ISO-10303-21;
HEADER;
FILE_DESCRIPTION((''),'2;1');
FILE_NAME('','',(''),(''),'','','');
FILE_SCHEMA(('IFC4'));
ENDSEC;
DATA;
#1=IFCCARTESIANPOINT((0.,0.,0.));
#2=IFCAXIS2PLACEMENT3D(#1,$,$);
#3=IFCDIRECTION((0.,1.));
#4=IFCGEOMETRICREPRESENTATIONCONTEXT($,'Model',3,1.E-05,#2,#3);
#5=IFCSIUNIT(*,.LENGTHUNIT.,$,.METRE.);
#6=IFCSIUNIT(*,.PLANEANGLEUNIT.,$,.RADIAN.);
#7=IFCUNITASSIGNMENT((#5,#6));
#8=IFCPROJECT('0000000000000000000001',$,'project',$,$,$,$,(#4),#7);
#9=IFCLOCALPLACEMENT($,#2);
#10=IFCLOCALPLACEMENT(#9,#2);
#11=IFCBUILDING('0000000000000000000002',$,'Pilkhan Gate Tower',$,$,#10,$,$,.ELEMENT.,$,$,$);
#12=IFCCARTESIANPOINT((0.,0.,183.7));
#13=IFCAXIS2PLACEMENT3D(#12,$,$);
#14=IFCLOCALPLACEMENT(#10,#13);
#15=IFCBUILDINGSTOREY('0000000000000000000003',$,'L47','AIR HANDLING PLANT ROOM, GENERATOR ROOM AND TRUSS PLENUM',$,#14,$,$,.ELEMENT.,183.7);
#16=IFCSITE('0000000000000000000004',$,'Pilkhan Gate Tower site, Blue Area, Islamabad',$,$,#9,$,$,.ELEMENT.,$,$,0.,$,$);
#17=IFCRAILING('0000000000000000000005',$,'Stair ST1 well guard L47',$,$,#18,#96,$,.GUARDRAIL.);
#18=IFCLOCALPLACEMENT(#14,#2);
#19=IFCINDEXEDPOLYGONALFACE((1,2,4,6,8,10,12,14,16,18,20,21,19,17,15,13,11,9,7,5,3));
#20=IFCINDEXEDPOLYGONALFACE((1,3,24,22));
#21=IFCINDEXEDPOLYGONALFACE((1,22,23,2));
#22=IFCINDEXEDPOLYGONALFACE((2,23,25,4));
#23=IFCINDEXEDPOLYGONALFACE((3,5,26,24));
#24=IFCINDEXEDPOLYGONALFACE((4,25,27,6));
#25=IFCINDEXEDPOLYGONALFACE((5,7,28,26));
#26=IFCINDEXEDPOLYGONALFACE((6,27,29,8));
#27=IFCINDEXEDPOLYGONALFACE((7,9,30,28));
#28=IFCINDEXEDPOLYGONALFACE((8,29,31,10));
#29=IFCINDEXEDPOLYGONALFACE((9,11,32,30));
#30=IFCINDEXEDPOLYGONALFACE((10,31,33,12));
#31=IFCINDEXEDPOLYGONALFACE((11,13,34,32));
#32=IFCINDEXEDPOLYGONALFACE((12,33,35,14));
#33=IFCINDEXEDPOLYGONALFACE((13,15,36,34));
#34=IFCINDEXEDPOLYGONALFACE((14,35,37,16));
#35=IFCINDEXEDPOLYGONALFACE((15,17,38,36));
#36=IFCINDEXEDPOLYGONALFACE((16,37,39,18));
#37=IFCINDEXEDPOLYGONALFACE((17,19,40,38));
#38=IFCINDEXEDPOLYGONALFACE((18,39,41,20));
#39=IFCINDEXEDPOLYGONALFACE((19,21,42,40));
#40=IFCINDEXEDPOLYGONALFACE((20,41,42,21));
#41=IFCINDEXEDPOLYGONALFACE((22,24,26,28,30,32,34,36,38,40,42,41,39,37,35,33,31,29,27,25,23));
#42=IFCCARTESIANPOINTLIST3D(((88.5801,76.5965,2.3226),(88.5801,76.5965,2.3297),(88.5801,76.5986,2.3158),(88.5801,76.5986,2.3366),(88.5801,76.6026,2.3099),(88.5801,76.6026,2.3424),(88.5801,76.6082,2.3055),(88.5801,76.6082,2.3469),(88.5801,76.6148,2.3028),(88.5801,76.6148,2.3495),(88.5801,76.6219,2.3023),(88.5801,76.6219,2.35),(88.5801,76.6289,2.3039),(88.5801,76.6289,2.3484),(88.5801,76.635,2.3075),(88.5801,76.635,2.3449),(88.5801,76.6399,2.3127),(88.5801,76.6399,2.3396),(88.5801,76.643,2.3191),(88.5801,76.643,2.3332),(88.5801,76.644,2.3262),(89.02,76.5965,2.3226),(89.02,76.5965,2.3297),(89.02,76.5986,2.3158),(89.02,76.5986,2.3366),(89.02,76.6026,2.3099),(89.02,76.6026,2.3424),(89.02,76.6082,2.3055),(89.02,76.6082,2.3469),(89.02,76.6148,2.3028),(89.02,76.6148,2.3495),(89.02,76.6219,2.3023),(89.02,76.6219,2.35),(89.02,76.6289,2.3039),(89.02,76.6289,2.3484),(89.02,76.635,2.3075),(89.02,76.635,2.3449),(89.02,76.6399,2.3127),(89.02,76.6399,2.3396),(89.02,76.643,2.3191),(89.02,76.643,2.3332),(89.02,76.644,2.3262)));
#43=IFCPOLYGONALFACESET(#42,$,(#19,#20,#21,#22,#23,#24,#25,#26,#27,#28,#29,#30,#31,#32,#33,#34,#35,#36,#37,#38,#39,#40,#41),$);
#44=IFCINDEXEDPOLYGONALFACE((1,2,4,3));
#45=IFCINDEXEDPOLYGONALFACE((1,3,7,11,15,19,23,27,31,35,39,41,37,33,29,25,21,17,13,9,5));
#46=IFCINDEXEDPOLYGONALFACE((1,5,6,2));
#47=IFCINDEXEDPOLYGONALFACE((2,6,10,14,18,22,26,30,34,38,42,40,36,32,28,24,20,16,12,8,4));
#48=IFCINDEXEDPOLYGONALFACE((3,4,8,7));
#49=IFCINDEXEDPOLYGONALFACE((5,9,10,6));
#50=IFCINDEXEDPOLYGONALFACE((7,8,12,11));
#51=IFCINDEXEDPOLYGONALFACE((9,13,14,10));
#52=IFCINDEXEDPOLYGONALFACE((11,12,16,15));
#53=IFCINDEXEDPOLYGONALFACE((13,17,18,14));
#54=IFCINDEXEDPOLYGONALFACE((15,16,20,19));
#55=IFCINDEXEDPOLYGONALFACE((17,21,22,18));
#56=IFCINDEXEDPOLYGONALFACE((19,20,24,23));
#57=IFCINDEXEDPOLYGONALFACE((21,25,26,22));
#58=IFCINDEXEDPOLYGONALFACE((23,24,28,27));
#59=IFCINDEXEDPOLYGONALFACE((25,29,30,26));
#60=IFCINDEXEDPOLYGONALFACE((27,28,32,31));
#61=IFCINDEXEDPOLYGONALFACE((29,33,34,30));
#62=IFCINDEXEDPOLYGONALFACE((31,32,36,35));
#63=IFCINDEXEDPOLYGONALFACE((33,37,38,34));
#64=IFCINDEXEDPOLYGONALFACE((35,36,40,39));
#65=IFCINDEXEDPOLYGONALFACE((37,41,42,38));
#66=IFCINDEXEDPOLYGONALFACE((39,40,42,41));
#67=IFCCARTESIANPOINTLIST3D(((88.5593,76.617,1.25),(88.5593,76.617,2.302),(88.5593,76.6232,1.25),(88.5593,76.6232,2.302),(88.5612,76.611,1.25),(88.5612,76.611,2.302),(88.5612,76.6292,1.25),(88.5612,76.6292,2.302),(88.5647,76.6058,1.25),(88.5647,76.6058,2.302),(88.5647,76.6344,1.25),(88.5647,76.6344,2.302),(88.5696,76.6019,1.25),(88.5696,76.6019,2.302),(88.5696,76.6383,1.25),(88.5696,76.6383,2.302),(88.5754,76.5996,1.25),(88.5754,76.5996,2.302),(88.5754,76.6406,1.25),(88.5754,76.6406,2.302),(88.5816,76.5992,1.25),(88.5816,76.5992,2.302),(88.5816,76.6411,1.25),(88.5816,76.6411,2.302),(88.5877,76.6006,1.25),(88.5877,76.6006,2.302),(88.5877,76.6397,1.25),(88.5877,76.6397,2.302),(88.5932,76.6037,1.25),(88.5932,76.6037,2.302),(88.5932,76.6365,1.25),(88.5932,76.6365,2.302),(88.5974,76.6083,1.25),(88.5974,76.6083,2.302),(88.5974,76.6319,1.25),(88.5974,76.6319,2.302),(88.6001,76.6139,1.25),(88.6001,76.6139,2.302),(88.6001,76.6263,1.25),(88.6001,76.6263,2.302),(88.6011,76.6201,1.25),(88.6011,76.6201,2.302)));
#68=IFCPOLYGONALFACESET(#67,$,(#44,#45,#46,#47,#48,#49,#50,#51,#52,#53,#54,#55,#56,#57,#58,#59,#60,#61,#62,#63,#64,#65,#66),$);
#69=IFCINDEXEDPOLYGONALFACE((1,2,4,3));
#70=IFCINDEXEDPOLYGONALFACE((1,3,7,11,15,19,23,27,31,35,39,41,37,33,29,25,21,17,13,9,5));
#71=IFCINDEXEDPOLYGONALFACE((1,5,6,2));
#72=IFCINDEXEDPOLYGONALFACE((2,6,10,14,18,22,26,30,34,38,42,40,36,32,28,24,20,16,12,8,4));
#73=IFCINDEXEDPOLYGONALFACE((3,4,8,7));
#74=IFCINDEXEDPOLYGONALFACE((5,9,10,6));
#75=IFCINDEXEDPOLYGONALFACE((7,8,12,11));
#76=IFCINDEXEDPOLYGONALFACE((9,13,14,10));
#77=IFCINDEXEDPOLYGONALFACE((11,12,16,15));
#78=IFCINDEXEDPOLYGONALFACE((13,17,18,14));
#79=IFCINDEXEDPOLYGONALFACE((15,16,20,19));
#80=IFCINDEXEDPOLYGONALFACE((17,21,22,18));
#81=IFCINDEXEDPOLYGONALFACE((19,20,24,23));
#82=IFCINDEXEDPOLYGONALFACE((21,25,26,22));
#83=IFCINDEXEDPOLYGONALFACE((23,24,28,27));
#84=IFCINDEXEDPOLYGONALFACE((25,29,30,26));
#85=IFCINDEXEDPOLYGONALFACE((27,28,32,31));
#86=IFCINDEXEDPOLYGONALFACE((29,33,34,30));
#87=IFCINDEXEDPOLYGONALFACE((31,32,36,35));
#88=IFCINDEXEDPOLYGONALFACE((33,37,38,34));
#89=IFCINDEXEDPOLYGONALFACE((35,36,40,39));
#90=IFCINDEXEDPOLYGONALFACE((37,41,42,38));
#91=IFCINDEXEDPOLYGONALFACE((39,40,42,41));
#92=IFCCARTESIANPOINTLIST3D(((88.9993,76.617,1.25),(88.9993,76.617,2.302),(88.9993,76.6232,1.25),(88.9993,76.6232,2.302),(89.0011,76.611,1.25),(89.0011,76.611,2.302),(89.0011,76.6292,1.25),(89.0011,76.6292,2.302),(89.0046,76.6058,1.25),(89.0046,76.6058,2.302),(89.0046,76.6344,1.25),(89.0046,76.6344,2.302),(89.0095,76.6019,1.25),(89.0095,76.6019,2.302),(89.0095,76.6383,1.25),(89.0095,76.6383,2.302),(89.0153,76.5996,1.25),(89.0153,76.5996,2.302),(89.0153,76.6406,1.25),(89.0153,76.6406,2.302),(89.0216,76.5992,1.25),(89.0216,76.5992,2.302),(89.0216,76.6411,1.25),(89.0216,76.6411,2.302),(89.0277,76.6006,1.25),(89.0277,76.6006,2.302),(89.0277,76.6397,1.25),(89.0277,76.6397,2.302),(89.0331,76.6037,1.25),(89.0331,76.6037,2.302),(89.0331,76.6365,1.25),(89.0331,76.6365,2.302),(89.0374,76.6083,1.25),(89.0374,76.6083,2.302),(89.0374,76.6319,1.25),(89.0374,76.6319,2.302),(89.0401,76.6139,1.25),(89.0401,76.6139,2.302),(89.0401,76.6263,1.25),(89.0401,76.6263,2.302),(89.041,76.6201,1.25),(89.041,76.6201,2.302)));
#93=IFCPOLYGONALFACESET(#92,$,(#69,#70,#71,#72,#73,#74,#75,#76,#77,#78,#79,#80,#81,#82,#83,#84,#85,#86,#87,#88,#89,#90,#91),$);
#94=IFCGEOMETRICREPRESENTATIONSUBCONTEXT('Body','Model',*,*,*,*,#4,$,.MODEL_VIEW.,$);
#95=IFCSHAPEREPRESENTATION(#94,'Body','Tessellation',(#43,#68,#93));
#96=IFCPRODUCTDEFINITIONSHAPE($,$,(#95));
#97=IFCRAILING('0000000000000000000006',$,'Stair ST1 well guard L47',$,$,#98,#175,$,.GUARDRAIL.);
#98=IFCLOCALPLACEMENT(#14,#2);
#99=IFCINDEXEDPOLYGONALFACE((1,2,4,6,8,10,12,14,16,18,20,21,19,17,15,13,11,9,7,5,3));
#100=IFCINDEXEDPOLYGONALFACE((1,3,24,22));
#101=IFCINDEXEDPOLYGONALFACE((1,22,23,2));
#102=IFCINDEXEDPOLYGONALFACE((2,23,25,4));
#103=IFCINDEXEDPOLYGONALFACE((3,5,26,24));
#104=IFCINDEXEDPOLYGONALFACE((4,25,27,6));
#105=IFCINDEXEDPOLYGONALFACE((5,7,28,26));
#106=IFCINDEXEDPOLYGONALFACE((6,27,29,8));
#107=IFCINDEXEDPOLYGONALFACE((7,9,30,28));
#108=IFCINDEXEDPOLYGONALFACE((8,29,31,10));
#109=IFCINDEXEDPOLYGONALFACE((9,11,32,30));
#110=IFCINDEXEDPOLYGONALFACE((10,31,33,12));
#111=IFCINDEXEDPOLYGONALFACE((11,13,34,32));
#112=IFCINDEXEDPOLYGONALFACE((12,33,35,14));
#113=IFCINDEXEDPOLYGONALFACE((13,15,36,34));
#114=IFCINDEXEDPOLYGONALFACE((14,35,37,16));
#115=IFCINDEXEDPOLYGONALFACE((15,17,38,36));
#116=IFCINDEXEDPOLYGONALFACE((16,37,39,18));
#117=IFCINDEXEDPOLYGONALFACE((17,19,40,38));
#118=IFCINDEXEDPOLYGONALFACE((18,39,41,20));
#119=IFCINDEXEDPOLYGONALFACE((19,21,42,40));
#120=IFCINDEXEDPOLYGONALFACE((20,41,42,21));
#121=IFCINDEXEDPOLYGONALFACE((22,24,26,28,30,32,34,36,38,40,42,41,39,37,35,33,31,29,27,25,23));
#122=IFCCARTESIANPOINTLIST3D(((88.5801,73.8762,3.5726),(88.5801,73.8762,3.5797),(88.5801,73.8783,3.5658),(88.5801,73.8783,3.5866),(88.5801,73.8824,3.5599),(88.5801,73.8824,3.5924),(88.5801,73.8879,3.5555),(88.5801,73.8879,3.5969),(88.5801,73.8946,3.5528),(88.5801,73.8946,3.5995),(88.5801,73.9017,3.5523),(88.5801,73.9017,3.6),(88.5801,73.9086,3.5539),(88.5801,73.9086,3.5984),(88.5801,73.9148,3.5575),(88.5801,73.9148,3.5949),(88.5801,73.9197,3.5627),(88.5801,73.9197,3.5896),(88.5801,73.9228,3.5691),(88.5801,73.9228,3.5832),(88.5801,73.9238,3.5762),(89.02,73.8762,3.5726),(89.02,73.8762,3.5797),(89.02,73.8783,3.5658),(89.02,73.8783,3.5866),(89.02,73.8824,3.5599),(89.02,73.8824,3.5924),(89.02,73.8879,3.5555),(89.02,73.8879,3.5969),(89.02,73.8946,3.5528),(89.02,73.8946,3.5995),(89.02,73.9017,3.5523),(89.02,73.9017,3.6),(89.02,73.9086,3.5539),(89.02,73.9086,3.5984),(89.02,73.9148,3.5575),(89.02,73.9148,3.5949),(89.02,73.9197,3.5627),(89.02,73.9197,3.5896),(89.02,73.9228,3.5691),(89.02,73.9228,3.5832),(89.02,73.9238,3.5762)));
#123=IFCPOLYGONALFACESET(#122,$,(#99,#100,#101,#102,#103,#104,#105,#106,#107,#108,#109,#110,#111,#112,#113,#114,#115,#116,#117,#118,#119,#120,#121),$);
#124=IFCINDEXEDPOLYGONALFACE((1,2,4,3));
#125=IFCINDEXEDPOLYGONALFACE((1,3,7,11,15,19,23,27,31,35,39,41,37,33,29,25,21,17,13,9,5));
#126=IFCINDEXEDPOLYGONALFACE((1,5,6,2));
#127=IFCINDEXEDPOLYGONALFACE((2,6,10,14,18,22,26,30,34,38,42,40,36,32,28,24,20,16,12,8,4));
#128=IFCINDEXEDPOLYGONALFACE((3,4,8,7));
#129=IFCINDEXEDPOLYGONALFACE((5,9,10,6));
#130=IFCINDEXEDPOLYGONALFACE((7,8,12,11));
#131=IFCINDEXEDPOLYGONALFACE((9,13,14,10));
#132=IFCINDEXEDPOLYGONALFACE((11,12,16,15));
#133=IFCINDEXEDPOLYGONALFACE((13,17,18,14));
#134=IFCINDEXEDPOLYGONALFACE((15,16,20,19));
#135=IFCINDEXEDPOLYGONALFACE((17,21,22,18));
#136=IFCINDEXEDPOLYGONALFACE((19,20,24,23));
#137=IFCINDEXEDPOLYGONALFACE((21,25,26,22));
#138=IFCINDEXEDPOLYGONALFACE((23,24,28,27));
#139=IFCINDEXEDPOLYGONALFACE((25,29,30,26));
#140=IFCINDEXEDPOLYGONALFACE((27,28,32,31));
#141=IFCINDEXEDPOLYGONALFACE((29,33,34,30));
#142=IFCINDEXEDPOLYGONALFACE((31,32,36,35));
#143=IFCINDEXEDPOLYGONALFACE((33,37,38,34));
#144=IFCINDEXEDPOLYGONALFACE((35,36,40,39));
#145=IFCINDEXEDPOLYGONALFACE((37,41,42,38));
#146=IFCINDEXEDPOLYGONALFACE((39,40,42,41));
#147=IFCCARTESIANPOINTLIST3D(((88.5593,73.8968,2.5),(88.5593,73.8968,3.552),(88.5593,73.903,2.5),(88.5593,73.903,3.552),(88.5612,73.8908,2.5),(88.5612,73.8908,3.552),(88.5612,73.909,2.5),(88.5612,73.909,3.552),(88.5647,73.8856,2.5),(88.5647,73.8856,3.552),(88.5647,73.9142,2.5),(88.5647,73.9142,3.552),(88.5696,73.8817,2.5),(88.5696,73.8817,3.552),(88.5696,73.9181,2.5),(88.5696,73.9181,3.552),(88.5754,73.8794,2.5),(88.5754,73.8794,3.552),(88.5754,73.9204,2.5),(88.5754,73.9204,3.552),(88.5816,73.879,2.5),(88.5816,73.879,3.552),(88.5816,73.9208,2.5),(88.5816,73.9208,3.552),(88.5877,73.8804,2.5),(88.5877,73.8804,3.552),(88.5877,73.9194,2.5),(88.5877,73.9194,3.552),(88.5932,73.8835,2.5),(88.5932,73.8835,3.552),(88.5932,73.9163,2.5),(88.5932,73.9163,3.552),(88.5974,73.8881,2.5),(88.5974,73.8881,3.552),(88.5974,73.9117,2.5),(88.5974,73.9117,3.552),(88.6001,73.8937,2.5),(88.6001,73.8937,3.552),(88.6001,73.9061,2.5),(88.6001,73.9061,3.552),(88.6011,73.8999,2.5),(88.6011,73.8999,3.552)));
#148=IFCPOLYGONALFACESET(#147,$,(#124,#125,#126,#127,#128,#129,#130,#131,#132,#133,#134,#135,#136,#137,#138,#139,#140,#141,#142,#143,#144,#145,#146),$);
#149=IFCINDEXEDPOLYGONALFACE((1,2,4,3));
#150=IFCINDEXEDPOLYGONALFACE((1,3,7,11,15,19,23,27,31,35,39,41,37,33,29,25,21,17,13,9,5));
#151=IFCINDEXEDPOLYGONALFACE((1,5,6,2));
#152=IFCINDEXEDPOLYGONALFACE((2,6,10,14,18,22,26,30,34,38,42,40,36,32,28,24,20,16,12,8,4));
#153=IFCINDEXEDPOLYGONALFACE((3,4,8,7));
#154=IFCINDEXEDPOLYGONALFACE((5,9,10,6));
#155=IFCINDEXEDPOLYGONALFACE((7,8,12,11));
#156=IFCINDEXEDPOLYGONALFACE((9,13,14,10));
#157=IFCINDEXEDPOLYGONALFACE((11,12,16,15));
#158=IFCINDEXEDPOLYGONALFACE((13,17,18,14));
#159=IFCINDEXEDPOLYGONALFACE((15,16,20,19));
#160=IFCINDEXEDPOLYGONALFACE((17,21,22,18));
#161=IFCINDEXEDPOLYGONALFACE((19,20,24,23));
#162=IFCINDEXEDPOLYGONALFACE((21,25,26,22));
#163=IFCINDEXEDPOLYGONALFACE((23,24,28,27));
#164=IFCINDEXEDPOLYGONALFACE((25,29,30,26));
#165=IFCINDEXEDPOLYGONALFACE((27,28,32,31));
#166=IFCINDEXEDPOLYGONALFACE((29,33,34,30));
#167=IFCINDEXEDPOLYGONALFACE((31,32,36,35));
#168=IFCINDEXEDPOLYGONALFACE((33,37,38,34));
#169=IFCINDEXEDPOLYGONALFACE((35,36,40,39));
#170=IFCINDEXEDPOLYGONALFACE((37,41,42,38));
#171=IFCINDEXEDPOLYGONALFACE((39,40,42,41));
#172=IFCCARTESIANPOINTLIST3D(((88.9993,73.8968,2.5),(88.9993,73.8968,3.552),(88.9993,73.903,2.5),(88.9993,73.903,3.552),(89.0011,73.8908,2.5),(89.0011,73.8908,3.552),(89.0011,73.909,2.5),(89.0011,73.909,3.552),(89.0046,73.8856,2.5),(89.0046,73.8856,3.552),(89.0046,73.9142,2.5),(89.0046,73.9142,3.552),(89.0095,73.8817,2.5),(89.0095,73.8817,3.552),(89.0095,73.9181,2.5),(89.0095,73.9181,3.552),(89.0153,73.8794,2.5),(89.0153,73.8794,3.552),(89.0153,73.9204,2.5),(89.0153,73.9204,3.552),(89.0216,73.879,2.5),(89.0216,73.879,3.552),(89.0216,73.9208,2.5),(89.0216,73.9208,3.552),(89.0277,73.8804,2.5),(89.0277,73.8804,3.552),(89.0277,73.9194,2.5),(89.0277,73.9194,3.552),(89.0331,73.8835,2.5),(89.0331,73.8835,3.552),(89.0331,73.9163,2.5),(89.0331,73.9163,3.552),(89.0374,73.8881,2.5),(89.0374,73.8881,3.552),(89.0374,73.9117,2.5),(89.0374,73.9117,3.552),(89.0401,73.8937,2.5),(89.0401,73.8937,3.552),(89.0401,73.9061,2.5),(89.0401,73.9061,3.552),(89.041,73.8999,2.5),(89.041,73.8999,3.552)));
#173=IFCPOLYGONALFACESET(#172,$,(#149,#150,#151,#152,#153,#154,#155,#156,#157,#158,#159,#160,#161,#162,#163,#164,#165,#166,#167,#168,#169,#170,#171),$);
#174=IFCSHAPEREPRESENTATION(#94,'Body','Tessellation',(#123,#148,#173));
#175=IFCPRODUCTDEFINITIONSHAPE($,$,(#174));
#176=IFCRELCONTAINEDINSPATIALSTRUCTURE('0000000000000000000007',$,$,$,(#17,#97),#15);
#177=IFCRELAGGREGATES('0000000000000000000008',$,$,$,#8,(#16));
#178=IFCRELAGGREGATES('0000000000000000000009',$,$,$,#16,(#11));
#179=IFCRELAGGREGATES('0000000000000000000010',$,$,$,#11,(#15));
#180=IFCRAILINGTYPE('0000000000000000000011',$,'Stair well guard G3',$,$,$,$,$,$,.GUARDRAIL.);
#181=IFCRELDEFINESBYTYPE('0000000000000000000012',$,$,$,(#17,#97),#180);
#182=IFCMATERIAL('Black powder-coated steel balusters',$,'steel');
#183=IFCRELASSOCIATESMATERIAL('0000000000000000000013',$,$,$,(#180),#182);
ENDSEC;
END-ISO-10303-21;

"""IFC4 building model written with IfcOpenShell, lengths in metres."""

from ifc_helpers import new_model, si_unit, direction, frame, origin, origin_2d, place, context, subcontext, project, spatial, circle, extrude, material, type_object, element, save


model = new_model("IFC4")

# Units and contexts
model_context = context("Model", 3, precision=1e-05, world=origin(), true_north=direction((0.0, 1.0)))
body_context = subcontext(model_context, "Body", "Model", "MODEL_VIEW")
ifc_project = project(units=[si_unit("LENGTHUNIT", "METRE"), si_unit("PLANEANGLEUNIT", "RADIAN")], contexts=[model_context])

# Site, building, storey
site_placement = place(None, origin())
site = spatial("IfcSite", under=ifc_project, at=site_placement, Name="Pilkhan Gate Tower site, Blue Area, Islamabad", CompositionType="ELEMENT", RefElevation=0.0)
building_placement = place(site_placement, origin())
building = spatial("IfcBuilding", under=site, at=building_placement, Name="Pilkhan Gate Tower", CompositionType="ELEMENT")
storey_placement = place(building_placement, frame((0.0, 0.0, 183.7)))
storey = spatial("IfcBuildingStorey", under=building, at=storey_placement, Name="L47", Description="AIR HANDLING PLANT ROOM, GENERATOR ROOM AND TRUSS PLENUM", CompositionType="ELEMENT", Elevation=183.7)

# Railings
ifc_material_1 = material(Name="Black powder-coated steel balusters", Category="steel")
railing_type_1 = type_object("IfcRailingType", Name="Stair well guard G3", PredefinedType="GUARDRAIL", material=ifc_material_1)
for number, where, name in (
    (1, (88.5801, 76.6201, 1.25), "Stair ST1 well guard L47"),
    (2, (88.5801, 73.8999, 2.5), "Stair ST1 well guard L47"),
):
    element("IfcRailing", number, at=place(storey_placement, frame(where)), inside=storey, type_object=railing_type_1, Name=name, PredefinedType="GUARDRAIL", context=body_context, shape_type="SweptSolid", body=[
        extrude(circle(Radius=0.0239, at=origin_2d()), frame((0.0, 0.0, 1.0762), z_axis=(1.0, 0.0, 0.0), x_axis=(0.0, 1.0, 0.0)), (0.0, 0.0, 1.0), 0.4399),
        extrude(circle(Radius=0.021, at=origin_2d()), origin(), (0.0, 0.0, 1.0), 1.052),
        extrude(circle(Radius=0.021, at=origin_2d()), frame((0.4399, 0.0, 0.0)), (0.0, 0.0, 1.0), 1.052),
    ])

save(model, "model.ifc")
